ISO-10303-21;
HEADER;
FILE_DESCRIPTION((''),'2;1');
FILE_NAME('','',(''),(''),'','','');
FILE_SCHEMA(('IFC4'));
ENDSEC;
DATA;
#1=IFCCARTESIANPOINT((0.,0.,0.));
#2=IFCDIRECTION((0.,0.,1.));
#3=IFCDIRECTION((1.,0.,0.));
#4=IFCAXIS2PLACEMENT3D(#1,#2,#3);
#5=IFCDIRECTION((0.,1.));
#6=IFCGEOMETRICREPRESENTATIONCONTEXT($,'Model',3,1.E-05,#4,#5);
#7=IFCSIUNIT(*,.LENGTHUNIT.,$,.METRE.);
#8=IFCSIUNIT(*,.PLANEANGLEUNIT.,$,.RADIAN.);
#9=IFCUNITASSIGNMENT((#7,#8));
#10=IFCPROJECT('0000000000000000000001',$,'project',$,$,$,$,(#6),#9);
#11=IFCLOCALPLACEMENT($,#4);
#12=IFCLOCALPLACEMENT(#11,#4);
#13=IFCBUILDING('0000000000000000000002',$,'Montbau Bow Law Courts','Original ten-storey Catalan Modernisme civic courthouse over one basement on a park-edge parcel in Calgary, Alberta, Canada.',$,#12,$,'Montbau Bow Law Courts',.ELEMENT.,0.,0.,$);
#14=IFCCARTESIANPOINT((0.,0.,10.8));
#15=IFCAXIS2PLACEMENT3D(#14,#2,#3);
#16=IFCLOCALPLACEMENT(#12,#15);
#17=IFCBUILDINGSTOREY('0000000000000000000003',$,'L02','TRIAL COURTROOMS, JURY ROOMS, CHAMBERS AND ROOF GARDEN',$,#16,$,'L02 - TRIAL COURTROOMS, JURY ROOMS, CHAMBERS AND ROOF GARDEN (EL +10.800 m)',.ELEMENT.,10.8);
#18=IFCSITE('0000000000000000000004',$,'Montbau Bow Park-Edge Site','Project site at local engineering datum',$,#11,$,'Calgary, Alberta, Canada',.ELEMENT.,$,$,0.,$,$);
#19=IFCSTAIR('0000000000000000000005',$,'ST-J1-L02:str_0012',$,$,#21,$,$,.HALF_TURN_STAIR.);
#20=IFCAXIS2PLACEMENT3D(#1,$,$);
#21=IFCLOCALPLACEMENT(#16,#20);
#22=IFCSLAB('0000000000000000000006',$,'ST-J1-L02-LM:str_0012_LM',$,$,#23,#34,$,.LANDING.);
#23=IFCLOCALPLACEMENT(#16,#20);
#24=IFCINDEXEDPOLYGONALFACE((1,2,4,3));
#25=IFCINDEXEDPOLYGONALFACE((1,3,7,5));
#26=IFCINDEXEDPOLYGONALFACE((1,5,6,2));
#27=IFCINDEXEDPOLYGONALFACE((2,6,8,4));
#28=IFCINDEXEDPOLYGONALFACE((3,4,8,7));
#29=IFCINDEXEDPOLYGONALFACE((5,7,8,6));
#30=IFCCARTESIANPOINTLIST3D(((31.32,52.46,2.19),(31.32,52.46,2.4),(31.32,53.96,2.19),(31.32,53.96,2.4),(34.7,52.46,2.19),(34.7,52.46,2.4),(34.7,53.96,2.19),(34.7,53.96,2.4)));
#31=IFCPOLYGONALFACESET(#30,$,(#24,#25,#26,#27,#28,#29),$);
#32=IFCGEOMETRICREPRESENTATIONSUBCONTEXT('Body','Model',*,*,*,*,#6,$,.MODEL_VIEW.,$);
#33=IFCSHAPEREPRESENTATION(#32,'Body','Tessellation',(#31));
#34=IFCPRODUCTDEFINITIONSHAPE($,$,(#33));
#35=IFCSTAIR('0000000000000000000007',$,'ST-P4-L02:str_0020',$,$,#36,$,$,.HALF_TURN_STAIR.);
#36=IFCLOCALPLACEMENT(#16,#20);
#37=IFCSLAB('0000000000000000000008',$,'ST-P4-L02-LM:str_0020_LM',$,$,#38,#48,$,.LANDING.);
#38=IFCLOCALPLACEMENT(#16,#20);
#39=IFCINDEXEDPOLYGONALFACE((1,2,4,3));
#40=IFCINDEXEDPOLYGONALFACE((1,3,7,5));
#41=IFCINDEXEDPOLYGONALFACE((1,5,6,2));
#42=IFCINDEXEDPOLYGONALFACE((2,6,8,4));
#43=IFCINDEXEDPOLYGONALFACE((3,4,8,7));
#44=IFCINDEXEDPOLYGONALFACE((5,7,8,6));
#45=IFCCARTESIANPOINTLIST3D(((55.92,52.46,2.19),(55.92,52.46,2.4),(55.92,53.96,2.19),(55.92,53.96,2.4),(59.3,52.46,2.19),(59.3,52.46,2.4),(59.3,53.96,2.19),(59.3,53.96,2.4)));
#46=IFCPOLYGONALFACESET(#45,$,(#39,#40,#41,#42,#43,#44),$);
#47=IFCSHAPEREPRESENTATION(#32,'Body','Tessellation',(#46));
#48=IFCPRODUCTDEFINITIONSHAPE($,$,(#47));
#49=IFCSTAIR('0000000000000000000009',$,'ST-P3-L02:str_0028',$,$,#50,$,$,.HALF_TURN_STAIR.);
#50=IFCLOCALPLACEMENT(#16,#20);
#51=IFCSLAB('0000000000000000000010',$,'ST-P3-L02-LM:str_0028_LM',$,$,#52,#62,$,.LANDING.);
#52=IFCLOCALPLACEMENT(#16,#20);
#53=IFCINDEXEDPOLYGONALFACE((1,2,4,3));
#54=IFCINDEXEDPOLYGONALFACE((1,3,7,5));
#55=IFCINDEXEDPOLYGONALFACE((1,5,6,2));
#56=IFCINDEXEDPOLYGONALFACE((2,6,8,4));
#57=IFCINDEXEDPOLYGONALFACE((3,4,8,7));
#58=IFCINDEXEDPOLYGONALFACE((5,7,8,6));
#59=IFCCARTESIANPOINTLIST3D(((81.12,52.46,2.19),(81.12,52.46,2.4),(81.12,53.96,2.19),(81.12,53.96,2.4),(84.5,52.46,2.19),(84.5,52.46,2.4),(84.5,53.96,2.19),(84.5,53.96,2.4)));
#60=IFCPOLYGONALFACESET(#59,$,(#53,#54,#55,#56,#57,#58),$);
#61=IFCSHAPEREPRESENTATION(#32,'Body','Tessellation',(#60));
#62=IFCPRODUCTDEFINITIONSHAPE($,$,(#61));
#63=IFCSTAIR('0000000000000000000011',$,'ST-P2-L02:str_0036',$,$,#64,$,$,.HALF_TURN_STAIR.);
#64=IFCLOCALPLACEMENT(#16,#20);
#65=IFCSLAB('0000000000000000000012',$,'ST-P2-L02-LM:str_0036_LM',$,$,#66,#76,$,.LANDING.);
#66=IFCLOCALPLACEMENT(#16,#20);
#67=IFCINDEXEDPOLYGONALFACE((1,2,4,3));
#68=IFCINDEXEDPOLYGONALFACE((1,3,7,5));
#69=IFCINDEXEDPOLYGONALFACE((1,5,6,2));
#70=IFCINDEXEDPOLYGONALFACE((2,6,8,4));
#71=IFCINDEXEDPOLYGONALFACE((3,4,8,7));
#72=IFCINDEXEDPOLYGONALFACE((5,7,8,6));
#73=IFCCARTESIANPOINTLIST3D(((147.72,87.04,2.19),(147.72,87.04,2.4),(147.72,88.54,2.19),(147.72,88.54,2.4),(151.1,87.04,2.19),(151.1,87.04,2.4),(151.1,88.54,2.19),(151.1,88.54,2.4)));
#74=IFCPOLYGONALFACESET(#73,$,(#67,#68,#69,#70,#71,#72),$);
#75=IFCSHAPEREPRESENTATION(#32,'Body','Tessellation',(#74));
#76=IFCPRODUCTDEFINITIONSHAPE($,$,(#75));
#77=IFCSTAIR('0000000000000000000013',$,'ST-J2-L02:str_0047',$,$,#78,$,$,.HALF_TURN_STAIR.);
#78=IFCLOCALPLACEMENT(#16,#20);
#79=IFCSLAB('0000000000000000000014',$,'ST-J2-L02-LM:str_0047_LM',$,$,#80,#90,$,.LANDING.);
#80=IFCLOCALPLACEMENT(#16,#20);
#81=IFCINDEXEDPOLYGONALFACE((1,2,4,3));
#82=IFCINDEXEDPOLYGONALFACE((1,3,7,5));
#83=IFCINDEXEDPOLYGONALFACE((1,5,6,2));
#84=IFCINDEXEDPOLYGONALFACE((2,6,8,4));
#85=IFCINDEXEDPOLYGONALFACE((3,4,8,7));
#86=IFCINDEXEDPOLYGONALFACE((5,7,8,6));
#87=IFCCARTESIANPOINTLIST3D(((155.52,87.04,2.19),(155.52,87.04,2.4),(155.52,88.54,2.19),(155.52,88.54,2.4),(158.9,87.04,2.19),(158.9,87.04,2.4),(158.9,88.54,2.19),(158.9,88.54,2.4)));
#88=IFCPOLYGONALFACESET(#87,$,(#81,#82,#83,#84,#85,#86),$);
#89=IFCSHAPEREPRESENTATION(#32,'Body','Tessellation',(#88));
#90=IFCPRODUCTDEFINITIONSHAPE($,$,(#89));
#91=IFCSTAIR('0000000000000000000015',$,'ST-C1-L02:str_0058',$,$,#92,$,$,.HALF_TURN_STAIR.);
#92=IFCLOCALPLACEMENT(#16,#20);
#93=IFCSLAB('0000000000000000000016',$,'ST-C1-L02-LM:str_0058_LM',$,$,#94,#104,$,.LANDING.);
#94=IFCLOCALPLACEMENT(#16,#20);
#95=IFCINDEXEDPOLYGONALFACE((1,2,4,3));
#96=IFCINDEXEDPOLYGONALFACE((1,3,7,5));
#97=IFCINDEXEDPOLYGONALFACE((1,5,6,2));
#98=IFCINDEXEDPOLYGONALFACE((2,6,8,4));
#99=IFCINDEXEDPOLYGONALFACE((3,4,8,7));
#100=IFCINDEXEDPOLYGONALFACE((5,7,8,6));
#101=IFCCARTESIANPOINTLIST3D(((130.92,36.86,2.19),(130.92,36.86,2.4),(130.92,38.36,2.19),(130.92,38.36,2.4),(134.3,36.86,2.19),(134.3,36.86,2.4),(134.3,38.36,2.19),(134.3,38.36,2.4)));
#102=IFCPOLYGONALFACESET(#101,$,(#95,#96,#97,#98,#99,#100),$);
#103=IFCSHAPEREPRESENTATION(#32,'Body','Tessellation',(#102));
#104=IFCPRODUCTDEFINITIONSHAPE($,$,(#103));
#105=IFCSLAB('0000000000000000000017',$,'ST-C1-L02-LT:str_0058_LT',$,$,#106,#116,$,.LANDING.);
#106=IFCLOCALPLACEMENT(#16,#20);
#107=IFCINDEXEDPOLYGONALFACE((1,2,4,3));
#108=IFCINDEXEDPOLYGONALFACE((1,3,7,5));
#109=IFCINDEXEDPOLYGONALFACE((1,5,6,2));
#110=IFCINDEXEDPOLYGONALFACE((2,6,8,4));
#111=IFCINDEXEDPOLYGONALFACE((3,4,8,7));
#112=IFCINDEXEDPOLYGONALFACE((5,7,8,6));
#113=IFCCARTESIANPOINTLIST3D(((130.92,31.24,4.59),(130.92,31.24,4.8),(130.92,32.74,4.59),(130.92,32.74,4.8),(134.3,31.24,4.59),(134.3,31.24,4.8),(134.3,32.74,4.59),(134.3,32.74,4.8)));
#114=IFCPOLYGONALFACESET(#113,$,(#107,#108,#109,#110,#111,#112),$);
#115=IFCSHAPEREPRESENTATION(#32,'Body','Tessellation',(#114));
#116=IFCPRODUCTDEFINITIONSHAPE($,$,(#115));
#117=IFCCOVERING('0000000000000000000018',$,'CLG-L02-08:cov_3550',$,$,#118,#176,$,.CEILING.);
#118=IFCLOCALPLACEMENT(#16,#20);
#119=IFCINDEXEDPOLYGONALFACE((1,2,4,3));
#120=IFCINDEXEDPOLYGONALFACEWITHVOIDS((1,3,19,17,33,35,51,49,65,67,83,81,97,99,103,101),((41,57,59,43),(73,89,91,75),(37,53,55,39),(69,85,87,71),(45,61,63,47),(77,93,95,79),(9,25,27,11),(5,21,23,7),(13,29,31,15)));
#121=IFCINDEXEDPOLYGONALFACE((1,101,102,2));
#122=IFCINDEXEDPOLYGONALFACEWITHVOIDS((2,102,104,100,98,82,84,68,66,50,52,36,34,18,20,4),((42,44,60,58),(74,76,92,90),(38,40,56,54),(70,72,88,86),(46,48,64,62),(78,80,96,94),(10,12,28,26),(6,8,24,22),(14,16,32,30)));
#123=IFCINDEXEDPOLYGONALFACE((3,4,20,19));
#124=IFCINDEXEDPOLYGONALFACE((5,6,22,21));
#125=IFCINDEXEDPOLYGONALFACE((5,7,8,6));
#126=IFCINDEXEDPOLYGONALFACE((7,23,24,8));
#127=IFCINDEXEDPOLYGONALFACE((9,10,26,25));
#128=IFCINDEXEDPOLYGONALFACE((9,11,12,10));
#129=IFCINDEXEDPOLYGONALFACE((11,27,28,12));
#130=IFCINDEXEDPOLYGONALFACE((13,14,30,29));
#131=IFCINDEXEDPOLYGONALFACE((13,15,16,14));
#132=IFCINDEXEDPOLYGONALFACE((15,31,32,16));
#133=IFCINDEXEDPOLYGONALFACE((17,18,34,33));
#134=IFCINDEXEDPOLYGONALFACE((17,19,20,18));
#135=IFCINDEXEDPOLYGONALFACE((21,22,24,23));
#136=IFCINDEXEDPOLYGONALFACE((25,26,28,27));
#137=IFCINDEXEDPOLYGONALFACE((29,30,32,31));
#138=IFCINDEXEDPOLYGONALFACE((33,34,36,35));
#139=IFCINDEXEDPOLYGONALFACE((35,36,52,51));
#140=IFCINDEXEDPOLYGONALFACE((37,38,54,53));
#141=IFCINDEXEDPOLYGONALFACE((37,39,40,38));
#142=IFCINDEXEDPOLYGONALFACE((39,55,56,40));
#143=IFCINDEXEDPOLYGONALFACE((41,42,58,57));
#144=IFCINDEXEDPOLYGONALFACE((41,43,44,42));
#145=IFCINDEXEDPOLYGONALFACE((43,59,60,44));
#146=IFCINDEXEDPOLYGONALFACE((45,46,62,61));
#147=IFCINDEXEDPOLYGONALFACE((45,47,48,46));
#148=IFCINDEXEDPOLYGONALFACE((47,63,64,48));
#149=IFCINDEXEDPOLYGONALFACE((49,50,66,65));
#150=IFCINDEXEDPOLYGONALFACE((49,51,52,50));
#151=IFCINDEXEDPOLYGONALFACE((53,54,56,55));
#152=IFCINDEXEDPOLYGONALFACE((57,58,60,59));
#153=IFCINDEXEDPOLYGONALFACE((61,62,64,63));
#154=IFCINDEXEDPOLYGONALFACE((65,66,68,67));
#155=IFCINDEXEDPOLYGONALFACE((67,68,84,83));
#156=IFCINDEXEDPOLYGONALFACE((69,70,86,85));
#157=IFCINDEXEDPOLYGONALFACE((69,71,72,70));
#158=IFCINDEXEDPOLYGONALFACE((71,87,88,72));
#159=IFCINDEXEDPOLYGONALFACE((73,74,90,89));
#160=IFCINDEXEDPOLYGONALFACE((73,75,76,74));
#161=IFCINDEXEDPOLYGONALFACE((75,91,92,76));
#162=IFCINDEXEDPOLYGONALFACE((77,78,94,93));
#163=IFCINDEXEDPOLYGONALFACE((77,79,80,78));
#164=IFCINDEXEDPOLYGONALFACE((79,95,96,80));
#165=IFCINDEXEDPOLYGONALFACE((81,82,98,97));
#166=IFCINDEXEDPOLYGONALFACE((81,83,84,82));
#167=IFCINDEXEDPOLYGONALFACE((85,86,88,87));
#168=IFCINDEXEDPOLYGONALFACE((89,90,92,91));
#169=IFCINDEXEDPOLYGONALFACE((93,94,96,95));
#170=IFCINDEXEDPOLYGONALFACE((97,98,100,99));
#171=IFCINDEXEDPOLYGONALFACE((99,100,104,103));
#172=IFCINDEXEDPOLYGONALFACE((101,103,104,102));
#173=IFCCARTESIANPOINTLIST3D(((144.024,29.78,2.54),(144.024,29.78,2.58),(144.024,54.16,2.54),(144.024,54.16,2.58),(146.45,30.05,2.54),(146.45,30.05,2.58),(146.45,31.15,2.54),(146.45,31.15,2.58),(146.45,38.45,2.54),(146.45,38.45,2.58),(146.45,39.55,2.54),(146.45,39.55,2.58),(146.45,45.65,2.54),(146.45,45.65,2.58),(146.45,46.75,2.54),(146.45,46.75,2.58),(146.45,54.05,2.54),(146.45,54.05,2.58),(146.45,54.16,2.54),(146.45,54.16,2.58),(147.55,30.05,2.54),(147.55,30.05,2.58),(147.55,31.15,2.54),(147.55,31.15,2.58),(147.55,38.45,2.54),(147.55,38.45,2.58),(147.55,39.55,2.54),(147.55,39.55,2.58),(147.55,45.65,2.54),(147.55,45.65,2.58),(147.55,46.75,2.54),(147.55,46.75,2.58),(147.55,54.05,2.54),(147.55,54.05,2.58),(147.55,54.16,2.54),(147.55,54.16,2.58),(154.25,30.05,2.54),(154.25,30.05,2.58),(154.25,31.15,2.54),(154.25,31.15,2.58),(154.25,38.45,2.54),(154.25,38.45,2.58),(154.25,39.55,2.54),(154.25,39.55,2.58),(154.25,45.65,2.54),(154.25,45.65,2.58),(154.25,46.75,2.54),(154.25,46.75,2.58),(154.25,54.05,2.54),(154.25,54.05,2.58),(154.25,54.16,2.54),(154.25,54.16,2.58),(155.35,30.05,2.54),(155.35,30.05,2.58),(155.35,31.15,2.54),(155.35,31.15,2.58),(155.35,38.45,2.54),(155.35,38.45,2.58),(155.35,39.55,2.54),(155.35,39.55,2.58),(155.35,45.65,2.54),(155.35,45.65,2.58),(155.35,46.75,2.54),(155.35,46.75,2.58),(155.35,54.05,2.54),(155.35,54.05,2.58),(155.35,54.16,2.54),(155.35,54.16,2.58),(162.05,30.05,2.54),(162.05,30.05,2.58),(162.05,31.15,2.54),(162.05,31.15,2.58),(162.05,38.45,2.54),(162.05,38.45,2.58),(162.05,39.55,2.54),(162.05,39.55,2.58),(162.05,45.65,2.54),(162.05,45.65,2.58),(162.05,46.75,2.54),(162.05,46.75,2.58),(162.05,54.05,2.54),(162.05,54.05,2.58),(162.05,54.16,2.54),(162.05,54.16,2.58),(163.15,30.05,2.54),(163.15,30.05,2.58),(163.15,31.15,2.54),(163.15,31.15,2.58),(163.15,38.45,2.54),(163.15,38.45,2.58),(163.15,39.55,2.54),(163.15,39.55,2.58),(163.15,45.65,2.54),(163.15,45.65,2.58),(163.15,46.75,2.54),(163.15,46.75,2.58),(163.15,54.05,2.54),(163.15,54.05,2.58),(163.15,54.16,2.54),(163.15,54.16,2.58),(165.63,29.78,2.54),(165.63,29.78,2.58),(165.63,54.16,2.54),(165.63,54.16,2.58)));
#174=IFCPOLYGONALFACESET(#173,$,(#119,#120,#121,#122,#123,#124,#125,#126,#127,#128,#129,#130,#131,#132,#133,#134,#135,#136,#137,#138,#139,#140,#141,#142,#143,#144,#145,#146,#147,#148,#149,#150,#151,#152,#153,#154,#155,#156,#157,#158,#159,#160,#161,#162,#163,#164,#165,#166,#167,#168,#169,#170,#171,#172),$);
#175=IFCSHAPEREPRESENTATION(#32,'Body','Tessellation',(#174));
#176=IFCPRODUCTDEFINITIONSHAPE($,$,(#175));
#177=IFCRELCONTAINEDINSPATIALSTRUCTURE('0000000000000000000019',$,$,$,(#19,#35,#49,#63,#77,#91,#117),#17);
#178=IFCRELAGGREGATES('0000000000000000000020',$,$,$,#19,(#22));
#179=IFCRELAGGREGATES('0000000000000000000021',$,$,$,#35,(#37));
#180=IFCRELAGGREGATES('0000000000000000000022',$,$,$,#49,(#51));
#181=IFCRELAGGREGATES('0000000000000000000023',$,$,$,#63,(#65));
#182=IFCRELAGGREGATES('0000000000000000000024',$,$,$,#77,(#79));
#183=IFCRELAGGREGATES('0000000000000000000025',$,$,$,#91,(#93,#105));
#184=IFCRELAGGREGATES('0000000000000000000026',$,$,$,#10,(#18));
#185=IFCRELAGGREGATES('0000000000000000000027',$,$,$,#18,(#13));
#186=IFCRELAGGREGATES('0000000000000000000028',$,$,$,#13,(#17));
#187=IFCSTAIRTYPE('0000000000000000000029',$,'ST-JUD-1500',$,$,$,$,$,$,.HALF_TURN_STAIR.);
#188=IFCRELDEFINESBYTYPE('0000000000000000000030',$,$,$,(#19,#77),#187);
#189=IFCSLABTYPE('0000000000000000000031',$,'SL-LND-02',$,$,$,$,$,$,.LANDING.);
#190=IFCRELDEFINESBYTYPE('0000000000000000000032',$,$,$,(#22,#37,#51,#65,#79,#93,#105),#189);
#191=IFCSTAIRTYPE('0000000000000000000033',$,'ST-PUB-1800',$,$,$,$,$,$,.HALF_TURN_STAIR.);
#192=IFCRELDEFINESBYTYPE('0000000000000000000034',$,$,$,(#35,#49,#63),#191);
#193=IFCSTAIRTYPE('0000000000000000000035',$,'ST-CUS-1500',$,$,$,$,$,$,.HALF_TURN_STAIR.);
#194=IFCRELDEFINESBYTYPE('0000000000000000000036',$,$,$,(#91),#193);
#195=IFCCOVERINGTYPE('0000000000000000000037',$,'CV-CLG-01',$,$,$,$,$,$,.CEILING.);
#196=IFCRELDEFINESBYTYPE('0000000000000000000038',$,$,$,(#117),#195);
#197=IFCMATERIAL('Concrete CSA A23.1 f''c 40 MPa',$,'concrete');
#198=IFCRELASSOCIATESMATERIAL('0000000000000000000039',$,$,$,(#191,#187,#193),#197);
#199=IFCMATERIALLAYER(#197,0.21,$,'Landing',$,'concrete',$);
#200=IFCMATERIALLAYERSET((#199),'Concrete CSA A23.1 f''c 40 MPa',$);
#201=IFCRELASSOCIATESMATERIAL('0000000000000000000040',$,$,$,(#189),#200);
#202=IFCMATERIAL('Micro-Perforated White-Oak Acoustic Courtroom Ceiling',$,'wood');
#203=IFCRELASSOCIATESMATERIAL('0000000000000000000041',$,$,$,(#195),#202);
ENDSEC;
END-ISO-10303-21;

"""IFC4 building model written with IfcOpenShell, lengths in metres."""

from ifc_helpers import new_model, si_unit, direction, frame, origin_with_axes, place, context, subcontext, project, spatial, polyline, outline, extrude, material, layer, layer_set, type_object, element, aggregate, save


model = new_model("IFC4")

# Units and contexts
model_context = context("Model", 3, precision=1e-05, world=origin_with_axes(), true_north=direction((0.0, 1.0)))
body_context = subcontext(model_context, "Body", "Model", "MODEL_VIEW")
ifc_project = project(units=[si_unit("LENGTHUNIT", "METRE"), si_unit("PLANEANGLEUNIT", "RADIAN")], contexts=[model_context])

# Site, building, storey
site_placement = place(None, origin_with_axes())
site = spatial("IfcSite", under=ifc_project, at=site_placement, Name="Montbau Bow Park-Edge Site", Description="Project site at local engineering datum", LongName="Calgary, Alberta, Canada", CompositionType="ELEMENT", RefElevation=0.0)
building_placement = place(site_placement, origin_with_axes())
building = spatial("IfcBuilding", under=site, at=building_placement, Name="Montbau Bow Law Courts", Description="Original ten-storey Catalan Modernisme civic courthouse over one basement on a park-edge parcel in Calgary, Alberta, Canada.", LongName="Montbau Bow Law Courts", CompositionType="ELEMENT", ElevationOfRefHeight=0.0, ElevationOfTerrain=0.0)
storey_placement = place(building_placement, frame((0.0, 0.0, 10.8), z_axis=(0.0, 0.0, 1.0), x_axis=(1.0, 0.0, 0.0)))
storey = spatial("IfcBuildingStorey", under=building, at=storey_placement, Name="L02", Description="TRIAL COURTROOMS, JURY ROOMS, CHAMBERS AND ROOF GARDEN", LongName="L02 - TRIAL COURTROOMS, JURY ROOMS, CHAMBERS AND ROOF GARDEN (EL +10.800 m)", CompositionType="ELEMENT", Elevation=10.8)

# Stairs, slabs
ifc_material_1 = material(Name="Concrete CSA A23.1 f'c 40 MPa", Category="concrete")
stair_type_1 = type_object("IfcStairType", Name="ST-PUB-1800", PredefinedType="HALF_TURN_STAIR", material=ifc_material_1)
ifc_layer_1 = layer(ifc_material_1, 0.21, Name="Landing", Category="concrete")
ifc_layer_set_1 = layer_set([ifc_layer_1], Name="Concrete CSA A23.1 f'c 40 MPa")
slab_type_1 = type_object("IfcSlabType", Name="SL-LND-02", PredefinedType="LANDING", material=ifc_layer_set_1)
stair_type_2 = type_object("IfcStairType", Name="ST-JUD-1500", PredefinedType="HALF_TURN_STAIR", material=ifc_material_1)
stair_1_placement = place(None, frame((32.09, 48.3, 10.8), z_axis=(0.0, 0.0, 1.0), x_axis=(1.0, 0.0, 0.0)))
stair_1 = element("IfcStair", 1, at=stair_1_placement, inside=storey, type_object=stair_type_2, Name="ST-J1-L02:str_0012", PredefinedType="HALF_TURN_STAIR")
slab_1_placement = place(None, frame((0.0, 0.0, 12.99), z_axis=(0.0, 0.0, 1.0), x_axis=(1.0, 0.0, 0.0)))
slab_1 = element("IfcSlab", 2, at=slab_1_placement, type_object=slab_type_1, Name="ST-J1-L02-LM:str_0012_LM", PredefinedType="LANDING", context=body_context, shape_type="SweptSolid", body=[
    extrude(outline(polyline([(31.32, 52.46), (34.7, 52.46), (34.7, 53.96), (31.32, 53.96), (31.32, 52.46)])), origin_with_axes(), (0.0, 0.0, 1.0), 0.21),
])
aggregate(stair_1, [slab_1])
stair_2_placement = place(None, frame((56.73, 48.3, 10.8), z_axis=(0.0, 0.0, 1.0), x_axis=(1.0, 0.0, 0.0)))
stair_2 = element("IfcStair", 3, at=stair_2_placement, inside=storey, type_object=stair_type_1, Name="ST-P4-L02:str_0020", PredefinedType="HALF_TURN_STAIR")
slab_2_placement = place(None, frame((0.0, 0.0, 12.99), z_axis=(0.0, 0.0, 1.0), x_axis=(1.0, 0.0, 0.0)))
slab_2 = element("IfcSlab", 4, at=slab_2_placement, type_object=slab_type_1, Name="ST-P4-L02-LM:str_0020_LM", PredefinedType="LANDING", context=body_context, shape_type="SweptSolid", body=[
    extrude(outline(polyline([(55.92, 52.46), (59.3, 52.46), (59.3, 53.96), (55.92, 53.96), (55.92, 52.46)])), origin_with_axes(), (0.0, 0.0, 1.0), 0.21),
])
aggregate(stair_2, [slab_2])
stair_3_placement = place(None, frame((81.93, 48.3, 10.8), z_axis=(0.0, 0.0, 1.0), x_axis=(1.0, 0.0, 0.0)))
stair_3 = element("IfcStair", 5, at=stair_3_placement, inside=storey, type_object=stair_type_1, Name="ST-P3-L02:str_0028", PredefinedType="HALF_TURN_STAIR")
slab_3_placement = place(None, frame((0.0, 0.0, 12.99), z_axis=(0.0, 0.0, 1.0), x_axis=(1.0, 0.0, 0.0)))
slab_3 = element("IfcSlab", 6, at=slab_3_placement, type_object=slab_type_1, Name="ST-P3-L02-LM:str_0028_LM", PredefinedType="LANDING", context=body_context, shape_type="SweptSolid", body=[
    extrude(outline(polyline([(81.12, 52.46), (84.5, 52.46), (84.5, 53.96), (81.12, 53.96), (81.12, 52.46)])), origin_with_axes(), (0.0, 0.0, 1.0), 0.21),
])
aggregate(stair_3, [slab_3])
stair_4_placement = place(None, frame((148.53, 92.7, 10.8), z_axis=(0.0, 0.0, 1.0), x_axis=(1.0, 0.0, 0.0)))
stair_4 = element("IfcStair", 7, at=stair_4_placement, inside=storey, type_object=stair_type_1, Name="ST-P2-L02:str_0036", PredefinedType="HALF_TURN_STAIR")
slab_4_placement = place(None, frame((0.0, 0.0, 12.99), z_axis=(0.0, 0.0, 1.0), x_axis=(1.0, 0.0, 0.0)))
slab_4 = element("IfcSlab", 8, at=slab_4_placement, type_object=slab_type_1, Name="ST-P2-L02-LM:str_0036_LM", PredefinedType="LANDING", context=body_context, shape_type="SweptSolid", body=[
    extrude(outline(polyline([(147.72, 87.04), (151.1, 87.04), (151.1, 88.54), (147.72, 88.54), (147.72, 87.04)])), origin_with_axes(), (0.0, 0.0, 1.0), 0.21),
])
aggregate(stair_4, [slab_4])
stair_5_placement = place(None, frame((156.29, 92.7, 10.8), z_axis=(0.0, 0.0, 1.0), x_axis=(1.0, 0.0, 0.0)))
stair_5 = element("IfcStair", 9, at=stair_5_placement, inside=storey, type_object=stair_type_2, Name="ST-J2-L02:str_0047", PredefinedType="HALF_TURN_STAIR")
slab_5_placement = place(None, frame((0.0, 0.0, 12.99), z_axis=(0.0, 0.0, 1.0), x_axis=(1.0, 0.0, 0.0)))
slab_5 = element("IfcSlab", 10, at=slab_5_placement, type_object=slab_type_1, Name="ST-J2-L02-LM:str_0047_LM", PredefinedType="LANDING", context=body_context, shape_type="SweptSolid", body=[
    extrude(outline(polyline([(155.52, 87.04), (158.9, 87.04), (158.9, 88.54), (155.52, 88.54), (155.52, 87.04)])), origin_with_axes(), (0.0, 0.0, 1.0), 0.21),
])
aggregate(stair_5, [slab_5])

# Stair, slabs
stair_type_3 = type_object("IfcStairType", Name="ST-CUS-1500", PredefinedType="HALF_TURN_STAIR", material=ifc_material_1)
stair_6_placement = place(None, frame((131.69, 32.7, 10.8), z_axis=(0.0, 0.0, 1.0), x_axis=(1.0, 0.0, 0.0)))
stair_6 = element("IfcStair", 11, at=stair_6_placement, inside=storey, type_object=stair_type_3, Name="ST-C1-L02:str_0058", PredefinedType="HALF_TURN_STAIR")
slab_6_placement = place(None, frame((0.0, 0.0, 12.99), z_axis=(0.0, 0.0, 1.0), x_axis=(1.0, 0.0, 0.0)))
slab_6 = element("IfcSlab", 12, at=slab_6_placement, type_object=slab_type_1, Name="ST-C1-L02-LM:str_0058_LM", PredefinedType="LANDING", context=body_context, shape_type="SweptSolid", body=[
    extrude(outline(polyline([(130.92, 36.86), (134.3, 36.86), (134.3, 38.36), (130.92, 38.36), (130.92, 36.86)])), origin_with_axes(), (0.0, 0.0, 1.0), 0.21),
])
slab_7_placement = place(None, frame((0.0, 0.0, 15.39), z_axis=(0.0, 0.0, 1.0), x_axis=(1.0, 0.0, 0.0)))
slab_7 = element("IfcSlab", 13, at=slab_7_placement, type_object=slab_type_1, Name="ST-C1-L02-LT:str_0058_LT", PredefinedType="LANDING", context=body_context, shape_type="SweptSolid", body=[
    extrude(outline(polyline([(130.92, 31.24), (134.3, 31.24), (134.3, 32.74), (130.92, 32.74), (130.92, 31.24)])), origin_with_axes(), (0.0, 0.0, 1.0), 0.21),
])
aggregate(stair_6, [slab_6, slab_7])

# Covering
ifc_material_2 = material(Name="Micro-Perforated White-Oak Acoustic Courtroom Ceiling", Category="wood")
covering_type_1 = type_object("IfcCoveringType", Name="CV-CLG-01", PredefinedType="CEILING", material=ifc_material_2)
covering_1_placement = place(None, frame((0.0, 0.0, 13.34), z_axis=(0.0, 0.0, 1.0), x_axis=(1.0, 0.0, 0.0)))
element("IfcCovering", 14, at=covering_1_placement, inside=storey, type_object=covering_type_1, Name="CLG-L02-08:cov_3550", PredefinedType="CEILING", context=body_context, shape_type="SweptSolid", body=[
    extrude(outline(polyline([(146.45, 54.16), (146.45, 54.05), (147.55, 54.05), (147.55, 54.16), (154.25, 54.16), (154.25, 54.05), (155.35, 54.05), (155.35, 54.16), (162.05, 54.16), (162.05, 54.05), (163.15, 54.05), (163.15, 54.16), (165.63, 54.16), (165.63, 29.78), (144.024, 29.78), (144.024, 54.16), (146.45, 54.16)]), holes=[polyline([(146.45, 31.15), (146.45, 30.05), (147.55, 30.05), (147.55, 31.15), (146.45, 31.15)]), polyline([(146.45, 39.55), (146.45, 38.45), (147.55, 38.45), (147.55, 39.55), (146.45, 39.55)]), polyline([(146.45, 46.75), (146.45, 45.65), (147.55, 45.65), (147.55, 46.75), (146.45, 46.75)]), polyline([(154.25, 31.15), (154.25, 30.05), (155.35, 30.05), (155.35, 31.15), (154.25, 31.15)]), polyline([(162.05, 31.15), (162.05, 30.05), (163.15, 30.05), (163.15, 31.15), (162.05, 31.15)]), polyline([(155.35, 39.55), (154.25, 39.55), (154.25, 38.45), (155.35, 38.45), (155.35, 39.55)]), polyline([(163.15, 39.55), (162.05, 39.55), (162.05, 38.45), (163.15, 38.45), (163.15, 39.55)]), polyline([(162.05, 46.75), (162.05, 45.65), (163.15, 45.65), (163.15, 46.75), (162.05, 46.75)]), polyline([(155.35, 46.75), (154.25, 46.75), (154.25, 45.65), (155.35, 45.65), (155.35, 46.75)])]), origin_with_axes(), (0.0, 0.0, 1.0), 0.04),
])

save(model, "model.ifc")
